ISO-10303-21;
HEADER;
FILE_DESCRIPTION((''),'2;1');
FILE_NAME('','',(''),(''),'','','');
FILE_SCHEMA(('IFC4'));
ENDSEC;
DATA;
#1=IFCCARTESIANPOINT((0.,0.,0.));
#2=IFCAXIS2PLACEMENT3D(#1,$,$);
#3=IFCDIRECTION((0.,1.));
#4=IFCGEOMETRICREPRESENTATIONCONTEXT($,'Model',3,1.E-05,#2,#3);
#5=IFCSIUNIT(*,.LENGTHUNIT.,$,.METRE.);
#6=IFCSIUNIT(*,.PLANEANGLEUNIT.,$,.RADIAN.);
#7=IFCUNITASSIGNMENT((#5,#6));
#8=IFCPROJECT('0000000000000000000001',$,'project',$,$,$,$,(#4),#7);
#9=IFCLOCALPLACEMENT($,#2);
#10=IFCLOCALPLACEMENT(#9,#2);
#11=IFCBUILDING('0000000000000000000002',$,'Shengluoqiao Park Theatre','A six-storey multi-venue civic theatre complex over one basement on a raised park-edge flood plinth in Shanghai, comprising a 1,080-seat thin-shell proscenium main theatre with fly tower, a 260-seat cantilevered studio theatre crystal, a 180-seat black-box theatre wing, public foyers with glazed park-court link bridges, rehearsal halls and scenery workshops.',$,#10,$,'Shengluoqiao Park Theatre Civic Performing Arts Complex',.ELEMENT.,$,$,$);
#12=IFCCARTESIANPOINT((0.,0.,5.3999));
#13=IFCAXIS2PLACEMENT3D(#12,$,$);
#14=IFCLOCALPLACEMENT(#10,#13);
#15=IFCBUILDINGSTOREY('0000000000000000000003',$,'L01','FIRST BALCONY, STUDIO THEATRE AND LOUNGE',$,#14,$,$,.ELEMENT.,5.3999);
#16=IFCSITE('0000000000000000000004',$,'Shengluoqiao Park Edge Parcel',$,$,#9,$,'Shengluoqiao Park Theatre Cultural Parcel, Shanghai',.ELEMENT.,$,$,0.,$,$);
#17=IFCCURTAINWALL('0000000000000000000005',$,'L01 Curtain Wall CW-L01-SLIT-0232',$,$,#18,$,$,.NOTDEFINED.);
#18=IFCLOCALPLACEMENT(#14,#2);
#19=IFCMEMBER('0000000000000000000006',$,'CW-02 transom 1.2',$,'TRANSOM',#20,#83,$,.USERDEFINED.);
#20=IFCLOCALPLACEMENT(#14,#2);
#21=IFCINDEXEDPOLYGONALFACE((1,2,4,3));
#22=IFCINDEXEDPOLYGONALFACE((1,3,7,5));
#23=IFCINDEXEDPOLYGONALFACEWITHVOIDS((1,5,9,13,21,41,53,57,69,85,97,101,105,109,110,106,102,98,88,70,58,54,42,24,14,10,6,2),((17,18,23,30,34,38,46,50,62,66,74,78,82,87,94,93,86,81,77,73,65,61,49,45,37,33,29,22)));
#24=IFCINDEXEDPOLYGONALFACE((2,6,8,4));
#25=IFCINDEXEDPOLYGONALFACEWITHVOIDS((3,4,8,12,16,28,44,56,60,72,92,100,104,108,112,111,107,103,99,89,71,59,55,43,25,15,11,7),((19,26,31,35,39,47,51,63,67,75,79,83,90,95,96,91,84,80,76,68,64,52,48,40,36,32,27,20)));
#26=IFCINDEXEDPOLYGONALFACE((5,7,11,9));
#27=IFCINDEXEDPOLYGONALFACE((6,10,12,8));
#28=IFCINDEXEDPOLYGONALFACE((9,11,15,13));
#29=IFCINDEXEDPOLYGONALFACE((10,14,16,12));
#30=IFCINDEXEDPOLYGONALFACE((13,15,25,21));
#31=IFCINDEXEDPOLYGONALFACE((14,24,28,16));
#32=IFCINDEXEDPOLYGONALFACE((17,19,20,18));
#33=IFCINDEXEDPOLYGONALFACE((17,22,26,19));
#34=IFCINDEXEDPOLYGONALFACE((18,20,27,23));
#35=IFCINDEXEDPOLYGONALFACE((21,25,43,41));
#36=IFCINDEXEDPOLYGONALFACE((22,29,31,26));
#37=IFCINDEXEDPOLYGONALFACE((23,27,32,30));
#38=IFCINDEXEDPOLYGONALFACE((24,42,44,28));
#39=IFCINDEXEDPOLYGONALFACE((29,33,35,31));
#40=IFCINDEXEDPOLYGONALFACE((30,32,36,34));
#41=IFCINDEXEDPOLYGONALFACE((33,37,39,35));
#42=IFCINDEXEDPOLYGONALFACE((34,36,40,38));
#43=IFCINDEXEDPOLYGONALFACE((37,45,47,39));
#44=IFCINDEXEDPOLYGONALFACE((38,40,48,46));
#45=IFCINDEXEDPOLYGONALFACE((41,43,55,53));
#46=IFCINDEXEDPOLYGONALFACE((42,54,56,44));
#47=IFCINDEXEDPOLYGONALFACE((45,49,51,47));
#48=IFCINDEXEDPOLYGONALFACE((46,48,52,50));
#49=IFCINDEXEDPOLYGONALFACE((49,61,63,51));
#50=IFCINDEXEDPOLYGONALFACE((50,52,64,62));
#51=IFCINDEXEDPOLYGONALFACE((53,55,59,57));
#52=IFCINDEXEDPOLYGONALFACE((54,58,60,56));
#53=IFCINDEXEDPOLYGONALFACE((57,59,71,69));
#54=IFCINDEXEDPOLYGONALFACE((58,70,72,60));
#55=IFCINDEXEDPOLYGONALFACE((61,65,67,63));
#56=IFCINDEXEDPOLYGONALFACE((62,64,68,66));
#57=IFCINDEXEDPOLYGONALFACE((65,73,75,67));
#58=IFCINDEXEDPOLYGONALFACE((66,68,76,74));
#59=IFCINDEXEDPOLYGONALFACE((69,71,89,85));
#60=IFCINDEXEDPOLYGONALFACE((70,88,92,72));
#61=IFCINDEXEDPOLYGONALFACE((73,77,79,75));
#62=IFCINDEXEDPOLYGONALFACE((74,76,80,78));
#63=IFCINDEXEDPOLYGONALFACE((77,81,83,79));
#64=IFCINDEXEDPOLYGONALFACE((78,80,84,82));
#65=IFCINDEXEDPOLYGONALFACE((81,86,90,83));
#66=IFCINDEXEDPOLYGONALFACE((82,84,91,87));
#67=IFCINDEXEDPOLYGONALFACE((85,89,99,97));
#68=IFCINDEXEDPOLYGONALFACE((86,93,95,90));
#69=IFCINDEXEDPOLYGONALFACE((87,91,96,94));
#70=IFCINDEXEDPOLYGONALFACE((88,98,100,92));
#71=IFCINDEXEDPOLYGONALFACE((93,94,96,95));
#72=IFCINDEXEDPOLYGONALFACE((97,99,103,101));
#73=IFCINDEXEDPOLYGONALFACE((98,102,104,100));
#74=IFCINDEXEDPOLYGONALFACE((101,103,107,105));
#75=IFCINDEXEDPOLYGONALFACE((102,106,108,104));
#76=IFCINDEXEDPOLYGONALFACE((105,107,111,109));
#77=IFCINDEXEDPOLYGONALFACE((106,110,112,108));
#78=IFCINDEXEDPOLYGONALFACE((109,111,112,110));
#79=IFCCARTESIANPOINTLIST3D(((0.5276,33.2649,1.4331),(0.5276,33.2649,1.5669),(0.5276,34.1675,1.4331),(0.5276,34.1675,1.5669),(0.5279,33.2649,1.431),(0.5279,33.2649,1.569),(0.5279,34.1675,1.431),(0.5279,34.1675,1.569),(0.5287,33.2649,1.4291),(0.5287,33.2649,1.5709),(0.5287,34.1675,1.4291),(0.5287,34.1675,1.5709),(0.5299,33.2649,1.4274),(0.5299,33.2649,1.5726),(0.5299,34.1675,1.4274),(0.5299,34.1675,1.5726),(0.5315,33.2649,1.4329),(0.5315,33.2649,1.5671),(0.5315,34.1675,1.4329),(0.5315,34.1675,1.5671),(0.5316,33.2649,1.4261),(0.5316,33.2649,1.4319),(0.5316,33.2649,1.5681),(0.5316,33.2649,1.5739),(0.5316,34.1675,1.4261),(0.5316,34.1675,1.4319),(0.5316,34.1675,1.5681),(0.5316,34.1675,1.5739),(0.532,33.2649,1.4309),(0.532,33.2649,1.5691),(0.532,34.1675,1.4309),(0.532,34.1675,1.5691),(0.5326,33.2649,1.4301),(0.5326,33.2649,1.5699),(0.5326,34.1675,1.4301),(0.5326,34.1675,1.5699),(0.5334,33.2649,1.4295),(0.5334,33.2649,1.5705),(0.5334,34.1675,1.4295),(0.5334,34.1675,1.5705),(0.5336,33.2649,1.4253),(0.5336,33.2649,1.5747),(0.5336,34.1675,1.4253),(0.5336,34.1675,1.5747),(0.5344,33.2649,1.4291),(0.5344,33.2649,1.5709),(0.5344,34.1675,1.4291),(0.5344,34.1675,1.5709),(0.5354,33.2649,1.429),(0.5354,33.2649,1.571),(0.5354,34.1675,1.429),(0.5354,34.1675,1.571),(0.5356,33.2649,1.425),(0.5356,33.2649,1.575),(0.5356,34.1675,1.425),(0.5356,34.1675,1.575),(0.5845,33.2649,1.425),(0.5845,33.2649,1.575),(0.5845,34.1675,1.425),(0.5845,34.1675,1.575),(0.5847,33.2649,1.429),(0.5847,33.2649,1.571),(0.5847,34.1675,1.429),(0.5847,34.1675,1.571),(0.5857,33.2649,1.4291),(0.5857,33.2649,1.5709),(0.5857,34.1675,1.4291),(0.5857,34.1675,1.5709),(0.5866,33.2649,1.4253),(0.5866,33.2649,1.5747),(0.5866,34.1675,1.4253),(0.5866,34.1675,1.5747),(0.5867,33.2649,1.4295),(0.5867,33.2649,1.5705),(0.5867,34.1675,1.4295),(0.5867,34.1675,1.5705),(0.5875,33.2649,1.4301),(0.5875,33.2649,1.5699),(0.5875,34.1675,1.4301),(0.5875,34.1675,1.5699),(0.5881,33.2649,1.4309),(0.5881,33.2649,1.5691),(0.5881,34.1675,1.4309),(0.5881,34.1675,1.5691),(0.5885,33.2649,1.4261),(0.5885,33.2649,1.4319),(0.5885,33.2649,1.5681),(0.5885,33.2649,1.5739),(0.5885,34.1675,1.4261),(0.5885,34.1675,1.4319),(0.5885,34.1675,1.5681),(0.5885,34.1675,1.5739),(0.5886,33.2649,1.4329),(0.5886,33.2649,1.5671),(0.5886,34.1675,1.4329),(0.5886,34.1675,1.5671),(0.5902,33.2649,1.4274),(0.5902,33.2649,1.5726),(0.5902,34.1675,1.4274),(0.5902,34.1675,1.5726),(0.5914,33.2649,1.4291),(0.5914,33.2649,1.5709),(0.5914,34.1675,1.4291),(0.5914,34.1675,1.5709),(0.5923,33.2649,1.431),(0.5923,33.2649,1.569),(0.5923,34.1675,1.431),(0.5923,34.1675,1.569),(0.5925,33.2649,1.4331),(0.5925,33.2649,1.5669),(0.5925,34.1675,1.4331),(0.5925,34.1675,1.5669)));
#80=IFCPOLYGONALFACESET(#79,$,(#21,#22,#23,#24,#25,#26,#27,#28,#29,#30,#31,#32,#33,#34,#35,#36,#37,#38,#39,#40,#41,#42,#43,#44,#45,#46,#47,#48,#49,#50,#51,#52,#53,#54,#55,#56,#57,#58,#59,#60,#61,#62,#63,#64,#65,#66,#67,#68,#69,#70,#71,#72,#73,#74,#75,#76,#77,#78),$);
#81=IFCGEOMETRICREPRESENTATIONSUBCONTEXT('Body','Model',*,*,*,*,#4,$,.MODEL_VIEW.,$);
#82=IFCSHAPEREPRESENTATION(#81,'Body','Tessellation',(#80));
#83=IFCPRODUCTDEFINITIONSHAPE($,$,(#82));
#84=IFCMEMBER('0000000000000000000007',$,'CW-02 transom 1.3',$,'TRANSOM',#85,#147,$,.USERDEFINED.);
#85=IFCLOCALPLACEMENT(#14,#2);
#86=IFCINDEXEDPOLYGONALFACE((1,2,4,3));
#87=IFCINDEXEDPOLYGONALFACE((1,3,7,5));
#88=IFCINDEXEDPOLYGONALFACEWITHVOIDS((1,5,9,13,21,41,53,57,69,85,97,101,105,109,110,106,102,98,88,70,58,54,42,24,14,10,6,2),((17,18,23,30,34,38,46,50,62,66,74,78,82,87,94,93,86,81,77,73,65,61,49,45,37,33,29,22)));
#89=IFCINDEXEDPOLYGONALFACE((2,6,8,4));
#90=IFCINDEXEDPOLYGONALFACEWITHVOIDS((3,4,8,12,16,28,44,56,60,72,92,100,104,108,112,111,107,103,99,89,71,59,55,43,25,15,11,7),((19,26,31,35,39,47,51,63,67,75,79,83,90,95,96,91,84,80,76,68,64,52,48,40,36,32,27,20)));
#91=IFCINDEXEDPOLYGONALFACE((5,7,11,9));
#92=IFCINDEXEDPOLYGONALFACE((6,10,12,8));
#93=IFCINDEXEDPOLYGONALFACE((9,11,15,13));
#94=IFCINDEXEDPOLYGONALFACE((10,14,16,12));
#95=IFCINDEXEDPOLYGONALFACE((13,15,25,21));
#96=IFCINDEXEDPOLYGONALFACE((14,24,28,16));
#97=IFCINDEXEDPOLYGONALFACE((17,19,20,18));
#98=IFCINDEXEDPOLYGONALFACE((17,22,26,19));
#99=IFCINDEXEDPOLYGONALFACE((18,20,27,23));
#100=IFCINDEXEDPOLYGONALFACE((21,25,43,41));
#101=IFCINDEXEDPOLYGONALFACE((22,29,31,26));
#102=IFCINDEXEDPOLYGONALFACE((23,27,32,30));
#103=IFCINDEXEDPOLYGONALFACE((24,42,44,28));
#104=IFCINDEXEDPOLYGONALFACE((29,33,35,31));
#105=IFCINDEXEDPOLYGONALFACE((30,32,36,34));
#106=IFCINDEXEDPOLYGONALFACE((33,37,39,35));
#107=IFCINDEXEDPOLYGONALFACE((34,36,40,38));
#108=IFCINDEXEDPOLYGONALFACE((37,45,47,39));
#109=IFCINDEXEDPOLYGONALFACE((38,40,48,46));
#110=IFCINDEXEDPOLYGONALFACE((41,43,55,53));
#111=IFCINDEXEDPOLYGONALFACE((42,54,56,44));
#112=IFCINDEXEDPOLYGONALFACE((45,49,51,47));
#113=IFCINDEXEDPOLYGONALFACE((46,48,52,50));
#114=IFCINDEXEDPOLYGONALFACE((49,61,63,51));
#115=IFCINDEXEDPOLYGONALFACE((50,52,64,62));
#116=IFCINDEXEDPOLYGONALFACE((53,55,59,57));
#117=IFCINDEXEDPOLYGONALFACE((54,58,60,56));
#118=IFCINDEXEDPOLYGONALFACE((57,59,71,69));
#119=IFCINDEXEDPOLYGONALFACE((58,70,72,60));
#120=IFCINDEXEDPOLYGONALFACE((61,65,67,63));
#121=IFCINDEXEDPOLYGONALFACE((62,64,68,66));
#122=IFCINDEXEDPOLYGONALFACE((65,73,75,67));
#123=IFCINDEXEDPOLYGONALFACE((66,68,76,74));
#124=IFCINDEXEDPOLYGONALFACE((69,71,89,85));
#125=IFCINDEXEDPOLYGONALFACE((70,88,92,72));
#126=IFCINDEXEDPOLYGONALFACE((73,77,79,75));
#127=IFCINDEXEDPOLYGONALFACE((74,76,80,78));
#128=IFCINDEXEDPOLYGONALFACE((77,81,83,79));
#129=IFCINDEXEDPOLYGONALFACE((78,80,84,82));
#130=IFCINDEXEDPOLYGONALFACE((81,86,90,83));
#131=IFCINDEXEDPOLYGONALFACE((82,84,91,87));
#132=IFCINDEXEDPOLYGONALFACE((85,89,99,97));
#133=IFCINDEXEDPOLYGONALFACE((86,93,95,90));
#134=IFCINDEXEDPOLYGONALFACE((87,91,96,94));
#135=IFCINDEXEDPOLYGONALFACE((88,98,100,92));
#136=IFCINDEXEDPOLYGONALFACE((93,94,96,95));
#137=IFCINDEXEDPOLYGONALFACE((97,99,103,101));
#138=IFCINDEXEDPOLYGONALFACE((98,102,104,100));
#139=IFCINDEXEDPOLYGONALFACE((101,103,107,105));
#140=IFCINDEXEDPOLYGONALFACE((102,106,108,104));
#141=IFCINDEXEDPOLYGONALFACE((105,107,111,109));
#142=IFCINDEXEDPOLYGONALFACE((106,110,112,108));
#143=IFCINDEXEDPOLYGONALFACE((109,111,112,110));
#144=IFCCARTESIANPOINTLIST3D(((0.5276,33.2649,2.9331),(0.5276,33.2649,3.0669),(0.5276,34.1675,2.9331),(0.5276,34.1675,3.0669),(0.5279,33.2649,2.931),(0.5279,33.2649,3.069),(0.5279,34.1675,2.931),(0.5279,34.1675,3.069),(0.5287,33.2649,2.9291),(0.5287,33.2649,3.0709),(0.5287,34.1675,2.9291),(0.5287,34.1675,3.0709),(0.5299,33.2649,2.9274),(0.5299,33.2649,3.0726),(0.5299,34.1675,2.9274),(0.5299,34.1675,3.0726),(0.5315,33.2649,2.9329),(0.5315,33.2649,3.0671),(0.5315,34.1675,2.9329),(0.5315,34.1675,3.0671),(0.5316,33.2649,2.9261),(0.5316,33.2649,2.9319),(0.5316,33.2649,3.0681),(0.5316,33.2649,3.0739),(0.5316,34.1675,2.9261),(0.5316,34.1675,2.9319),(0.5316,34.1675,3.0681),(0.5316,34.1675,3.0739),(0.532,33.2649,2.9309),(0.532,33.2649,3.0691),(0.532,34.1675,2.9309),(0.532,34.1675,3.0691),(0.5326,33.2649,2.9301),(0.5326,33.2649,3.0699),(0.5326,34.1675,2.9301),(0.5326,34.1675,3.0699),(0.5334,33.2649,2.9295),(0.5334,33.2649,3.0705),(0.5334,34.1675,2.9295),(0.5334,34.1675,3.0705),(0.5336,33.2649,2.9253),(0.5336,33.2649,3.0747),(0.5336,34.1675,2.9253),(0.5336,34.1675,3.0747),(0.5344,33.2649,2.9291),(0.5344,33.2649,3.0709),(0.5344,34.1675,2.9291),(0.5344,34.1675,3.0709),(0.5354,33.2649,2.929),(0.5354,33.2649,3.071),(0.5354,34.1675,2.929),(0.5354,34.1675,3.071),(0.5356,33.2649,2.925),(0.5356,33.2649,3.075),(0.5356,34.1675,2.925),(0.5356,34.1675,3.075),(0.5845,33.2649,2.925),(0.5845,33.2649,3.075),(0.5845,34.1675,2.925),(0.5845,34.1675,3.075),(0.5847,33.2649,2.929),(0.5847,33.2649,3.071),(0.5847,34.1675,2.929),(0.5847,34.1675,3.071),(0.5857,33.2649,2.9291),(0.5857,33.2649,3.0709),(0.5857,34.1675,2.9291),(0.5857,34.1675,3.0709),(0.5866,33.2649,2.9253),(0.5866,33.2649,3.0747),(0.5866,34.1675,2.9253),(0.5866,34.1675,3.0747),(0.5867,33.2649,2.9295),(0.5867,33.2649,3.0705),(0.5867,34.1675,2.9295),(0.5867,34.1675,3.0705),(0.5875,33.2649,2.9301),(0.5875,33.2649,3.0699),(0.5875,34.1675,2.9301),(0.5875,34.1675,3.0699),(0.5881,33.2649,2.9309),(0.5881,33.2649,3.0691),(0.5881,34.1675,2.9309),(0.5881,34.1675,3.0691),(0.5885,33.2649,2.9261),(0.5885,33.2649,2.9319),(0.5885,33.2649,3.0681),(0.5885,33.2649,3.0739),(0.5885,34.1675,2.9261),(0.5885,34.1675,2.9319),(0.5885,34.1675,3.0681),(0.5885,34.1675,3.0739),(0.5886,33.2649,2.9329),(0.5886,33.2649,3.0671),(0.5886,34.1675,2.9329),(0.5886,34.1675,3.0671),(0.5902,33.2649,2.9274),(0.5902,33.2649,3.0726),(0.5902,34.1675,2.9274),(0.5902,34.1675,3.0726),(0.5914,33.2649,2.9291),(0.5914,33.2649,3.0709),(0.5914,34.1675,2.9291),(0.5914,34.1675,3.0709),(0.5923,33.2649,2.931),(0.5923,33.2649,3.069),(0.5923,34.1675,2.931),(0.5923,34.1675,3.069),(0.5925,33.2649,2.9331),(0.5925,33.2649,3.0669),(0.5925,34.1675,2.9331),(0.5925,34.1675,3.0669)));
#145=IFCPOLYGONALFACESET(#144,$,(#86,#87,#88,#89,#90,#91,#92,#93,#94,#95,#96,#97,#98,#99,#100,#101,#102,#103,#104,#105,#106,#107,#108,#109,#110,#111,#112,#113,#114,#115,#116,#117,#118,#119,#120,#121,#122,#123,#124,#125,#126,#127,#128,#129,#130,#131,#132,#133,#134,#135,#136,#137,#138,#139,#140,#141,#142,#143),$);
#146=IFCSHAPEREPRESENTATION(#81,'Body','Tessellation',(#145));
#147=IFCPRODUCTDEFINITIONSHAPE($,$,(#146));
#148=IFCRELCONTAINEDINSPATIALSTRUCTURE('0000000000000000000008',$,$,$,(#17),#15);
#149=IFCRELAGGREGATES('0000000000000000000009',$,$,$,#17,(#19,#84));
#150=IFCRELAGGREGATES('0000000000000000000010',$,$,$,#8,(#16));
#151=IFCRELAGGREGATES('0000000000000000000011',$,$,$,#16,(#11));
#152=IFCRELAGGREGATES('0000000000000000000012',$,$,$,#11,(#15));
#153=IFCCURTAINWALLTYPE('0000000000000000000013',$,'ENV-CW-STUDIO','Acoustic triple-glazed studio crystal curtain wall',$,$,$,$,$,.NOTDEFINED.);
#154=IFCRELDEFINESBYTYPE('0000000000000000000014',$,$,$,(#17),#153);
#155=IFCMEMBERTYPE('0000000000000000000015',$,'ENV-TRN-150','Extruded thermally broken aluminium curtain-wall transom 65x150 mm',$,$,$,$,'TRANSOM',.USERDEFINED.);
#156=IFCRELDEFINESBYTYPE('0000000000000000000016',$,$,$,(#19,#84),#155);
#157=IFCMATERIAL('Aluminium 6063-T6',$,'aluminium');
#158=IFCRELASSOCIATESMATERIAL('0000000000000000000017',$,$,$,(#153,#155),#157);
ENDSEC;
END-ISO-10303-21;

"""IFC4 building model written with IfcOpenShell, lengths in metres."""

from ifc_helpers import new_model, si_unit, direction, frame, origin, origin_2d, place, context, subcontext, project, spatial, hollow_rectangle, extrude, material, material_profile, profile_set, type_object, element, aggregate, save


model = new_model("IFC4")

# Units and contexts
model_context = context("Model", 3, precision=1e-05, world=origin(), true_north=direction((0.0, 1.0)))
body_context = subcontext(model_context, "Body", "Model", "MODEL_VIEW")
ifc_project = project(units=[si_unit("LENGTHUNIT", "METRE"), si_unit("PLANEANGLEUNIT", "RADIAN")], contexts=[model_context])

# Site, building, storey
site_placement = place(None, origin())
site = spatial("IfcSite", under=ifc_project, at=site_placement, Name="Shengluoqiao Park Edge Parcel", LongName="Shengluoqiao Park Theatre Cultural Parcel, Shanghai", CompositionType="ELEMENT", RefElevation=0.0)
building_placement = place(site_placement, origin())
building = spatial("IfcBuilding", under=site, at=building_placement, Name="Shengluoqiao Park Theatre", Description="A six-storey multi-venue civic theatre complex over one basement on a raised park-edge flood plinth in Shanghai, comprising a 1,080-seat thin-shell proscenium main theatre with fly tower, a 260-seat cantilevered studio theatre crystal, a 180-seat black-box theatre wing, public foyers with glazed park-court link bridges, rehearsal halls and scenery workshops.", LongName="Shengluoqiao Park Theatre Civic Performing Arts Complex", CompositionType="ELEMENT")
storey_placement = place(building_placement, frame((0.0, 0.0, 5.3999)))
storey = spatial("IfcBuildingStorey", under=building, at=storey_placement, Name="L01", Description="FIRST BALCONY, STUDIO THEATRE AND LOUNGE", CompositionType="ELEMENT", Elevation=5.3999)

# Curtain wall, members
ifc_material_1 = material(Name="Aluminium 6063-T6", Category="aluminium")
curtain_wall_type = type_object("IfcCurtainWallType", Name="ENV-CW-STUDIO", Description="Acoustic triple-glazed studio crystal curtain wall", PredefinedType="NOTDEFINED", material=ifc_material_1)
curtain_wall_placement = place(storey_placement, origin())
curtain_wall = element("IfcCurtainWall", 1, at=curtain_wall_placement, inside=storey, type_object=curtain_wall_type, Name="L01 Curtain Wall CW-L01-SLIT-0232", PredefinedType="NOTDEFINED")
ifc_material_profile_1 = material_profile(ifc_material_1, hollow_rectangle(XDim=0.0649, YDim=0.1499, WallThickness=0.0039, InnerFilletRadius=0.0039, OuterFilletRadius=0.0081, at=origin_2d()), Name="ALU TRANSOM 150x65x4")
ifc_profile_set_1 = profile_set([ifc_material_profile_1], Name="Aluminium 6063-T6")
member_type_1 = type_object("IfcMemberType", Name="ENV-TRN-150", Description="Extruded thermally broken aluminium curtain-wall transom 65x150 mm", ElementType="TRANSOM", PredefinedType="USERDEFINED", material=ifc_profile_set_1)
member_1_placement = place(storey_placement, frame((0.5601, 33.2649, 1.5), z_axis=(0.0, 1.0, 0.0), x_axis=(-1.0, 0.0, 0.0)))
member_1 = element("IfcMember", 2, at=member_1_placement, type_object=member_type_1, Name="CW-02 transom 1.2", ObjectType="TRANSOM", PredefinedType="USERDEFINED", context=body_context, shape_type="SweptSolid", body=[
    extrude(hollow_rectangle(XDim=0.0649, YDim=0.1499, WallThickness=0.0039, InnerFilletRadius=0.0039, OuterFilletRadius=0.0081, at=origin_2d()), origin(), (0.0, 0.0, 1.0), 0.9026),
])
member_2_placement = place(storey_placement, frame((0.5601, 33.2649, 3.0), z_axis=(0.0, 1.0, 0.0), x_axis=(-1.0, 0.0, 0.0)))
member_2 = element("IfcMember", 3, at=member_2_placement, type_object=member_type_1, Name="CW-02 transom 1.3", ObjectType="TRANSOM", PredefinedType="USERDEFINED", context=body_context, shape_type="SweptSolid", body=[
    extrude(hollow_rectangle(XDim=0.0649, YDim=0.1499, WallThickness=0.0039, InnerFilletRadius=0.0039, OuterFilletRadius=0.0081, at=origin_2d()), origin(), (0.0, 0.0, 1.0), 0.9026),
])

aggregate(curtain_wall, [member_1, member_2])

save(model, "model.ifc")
